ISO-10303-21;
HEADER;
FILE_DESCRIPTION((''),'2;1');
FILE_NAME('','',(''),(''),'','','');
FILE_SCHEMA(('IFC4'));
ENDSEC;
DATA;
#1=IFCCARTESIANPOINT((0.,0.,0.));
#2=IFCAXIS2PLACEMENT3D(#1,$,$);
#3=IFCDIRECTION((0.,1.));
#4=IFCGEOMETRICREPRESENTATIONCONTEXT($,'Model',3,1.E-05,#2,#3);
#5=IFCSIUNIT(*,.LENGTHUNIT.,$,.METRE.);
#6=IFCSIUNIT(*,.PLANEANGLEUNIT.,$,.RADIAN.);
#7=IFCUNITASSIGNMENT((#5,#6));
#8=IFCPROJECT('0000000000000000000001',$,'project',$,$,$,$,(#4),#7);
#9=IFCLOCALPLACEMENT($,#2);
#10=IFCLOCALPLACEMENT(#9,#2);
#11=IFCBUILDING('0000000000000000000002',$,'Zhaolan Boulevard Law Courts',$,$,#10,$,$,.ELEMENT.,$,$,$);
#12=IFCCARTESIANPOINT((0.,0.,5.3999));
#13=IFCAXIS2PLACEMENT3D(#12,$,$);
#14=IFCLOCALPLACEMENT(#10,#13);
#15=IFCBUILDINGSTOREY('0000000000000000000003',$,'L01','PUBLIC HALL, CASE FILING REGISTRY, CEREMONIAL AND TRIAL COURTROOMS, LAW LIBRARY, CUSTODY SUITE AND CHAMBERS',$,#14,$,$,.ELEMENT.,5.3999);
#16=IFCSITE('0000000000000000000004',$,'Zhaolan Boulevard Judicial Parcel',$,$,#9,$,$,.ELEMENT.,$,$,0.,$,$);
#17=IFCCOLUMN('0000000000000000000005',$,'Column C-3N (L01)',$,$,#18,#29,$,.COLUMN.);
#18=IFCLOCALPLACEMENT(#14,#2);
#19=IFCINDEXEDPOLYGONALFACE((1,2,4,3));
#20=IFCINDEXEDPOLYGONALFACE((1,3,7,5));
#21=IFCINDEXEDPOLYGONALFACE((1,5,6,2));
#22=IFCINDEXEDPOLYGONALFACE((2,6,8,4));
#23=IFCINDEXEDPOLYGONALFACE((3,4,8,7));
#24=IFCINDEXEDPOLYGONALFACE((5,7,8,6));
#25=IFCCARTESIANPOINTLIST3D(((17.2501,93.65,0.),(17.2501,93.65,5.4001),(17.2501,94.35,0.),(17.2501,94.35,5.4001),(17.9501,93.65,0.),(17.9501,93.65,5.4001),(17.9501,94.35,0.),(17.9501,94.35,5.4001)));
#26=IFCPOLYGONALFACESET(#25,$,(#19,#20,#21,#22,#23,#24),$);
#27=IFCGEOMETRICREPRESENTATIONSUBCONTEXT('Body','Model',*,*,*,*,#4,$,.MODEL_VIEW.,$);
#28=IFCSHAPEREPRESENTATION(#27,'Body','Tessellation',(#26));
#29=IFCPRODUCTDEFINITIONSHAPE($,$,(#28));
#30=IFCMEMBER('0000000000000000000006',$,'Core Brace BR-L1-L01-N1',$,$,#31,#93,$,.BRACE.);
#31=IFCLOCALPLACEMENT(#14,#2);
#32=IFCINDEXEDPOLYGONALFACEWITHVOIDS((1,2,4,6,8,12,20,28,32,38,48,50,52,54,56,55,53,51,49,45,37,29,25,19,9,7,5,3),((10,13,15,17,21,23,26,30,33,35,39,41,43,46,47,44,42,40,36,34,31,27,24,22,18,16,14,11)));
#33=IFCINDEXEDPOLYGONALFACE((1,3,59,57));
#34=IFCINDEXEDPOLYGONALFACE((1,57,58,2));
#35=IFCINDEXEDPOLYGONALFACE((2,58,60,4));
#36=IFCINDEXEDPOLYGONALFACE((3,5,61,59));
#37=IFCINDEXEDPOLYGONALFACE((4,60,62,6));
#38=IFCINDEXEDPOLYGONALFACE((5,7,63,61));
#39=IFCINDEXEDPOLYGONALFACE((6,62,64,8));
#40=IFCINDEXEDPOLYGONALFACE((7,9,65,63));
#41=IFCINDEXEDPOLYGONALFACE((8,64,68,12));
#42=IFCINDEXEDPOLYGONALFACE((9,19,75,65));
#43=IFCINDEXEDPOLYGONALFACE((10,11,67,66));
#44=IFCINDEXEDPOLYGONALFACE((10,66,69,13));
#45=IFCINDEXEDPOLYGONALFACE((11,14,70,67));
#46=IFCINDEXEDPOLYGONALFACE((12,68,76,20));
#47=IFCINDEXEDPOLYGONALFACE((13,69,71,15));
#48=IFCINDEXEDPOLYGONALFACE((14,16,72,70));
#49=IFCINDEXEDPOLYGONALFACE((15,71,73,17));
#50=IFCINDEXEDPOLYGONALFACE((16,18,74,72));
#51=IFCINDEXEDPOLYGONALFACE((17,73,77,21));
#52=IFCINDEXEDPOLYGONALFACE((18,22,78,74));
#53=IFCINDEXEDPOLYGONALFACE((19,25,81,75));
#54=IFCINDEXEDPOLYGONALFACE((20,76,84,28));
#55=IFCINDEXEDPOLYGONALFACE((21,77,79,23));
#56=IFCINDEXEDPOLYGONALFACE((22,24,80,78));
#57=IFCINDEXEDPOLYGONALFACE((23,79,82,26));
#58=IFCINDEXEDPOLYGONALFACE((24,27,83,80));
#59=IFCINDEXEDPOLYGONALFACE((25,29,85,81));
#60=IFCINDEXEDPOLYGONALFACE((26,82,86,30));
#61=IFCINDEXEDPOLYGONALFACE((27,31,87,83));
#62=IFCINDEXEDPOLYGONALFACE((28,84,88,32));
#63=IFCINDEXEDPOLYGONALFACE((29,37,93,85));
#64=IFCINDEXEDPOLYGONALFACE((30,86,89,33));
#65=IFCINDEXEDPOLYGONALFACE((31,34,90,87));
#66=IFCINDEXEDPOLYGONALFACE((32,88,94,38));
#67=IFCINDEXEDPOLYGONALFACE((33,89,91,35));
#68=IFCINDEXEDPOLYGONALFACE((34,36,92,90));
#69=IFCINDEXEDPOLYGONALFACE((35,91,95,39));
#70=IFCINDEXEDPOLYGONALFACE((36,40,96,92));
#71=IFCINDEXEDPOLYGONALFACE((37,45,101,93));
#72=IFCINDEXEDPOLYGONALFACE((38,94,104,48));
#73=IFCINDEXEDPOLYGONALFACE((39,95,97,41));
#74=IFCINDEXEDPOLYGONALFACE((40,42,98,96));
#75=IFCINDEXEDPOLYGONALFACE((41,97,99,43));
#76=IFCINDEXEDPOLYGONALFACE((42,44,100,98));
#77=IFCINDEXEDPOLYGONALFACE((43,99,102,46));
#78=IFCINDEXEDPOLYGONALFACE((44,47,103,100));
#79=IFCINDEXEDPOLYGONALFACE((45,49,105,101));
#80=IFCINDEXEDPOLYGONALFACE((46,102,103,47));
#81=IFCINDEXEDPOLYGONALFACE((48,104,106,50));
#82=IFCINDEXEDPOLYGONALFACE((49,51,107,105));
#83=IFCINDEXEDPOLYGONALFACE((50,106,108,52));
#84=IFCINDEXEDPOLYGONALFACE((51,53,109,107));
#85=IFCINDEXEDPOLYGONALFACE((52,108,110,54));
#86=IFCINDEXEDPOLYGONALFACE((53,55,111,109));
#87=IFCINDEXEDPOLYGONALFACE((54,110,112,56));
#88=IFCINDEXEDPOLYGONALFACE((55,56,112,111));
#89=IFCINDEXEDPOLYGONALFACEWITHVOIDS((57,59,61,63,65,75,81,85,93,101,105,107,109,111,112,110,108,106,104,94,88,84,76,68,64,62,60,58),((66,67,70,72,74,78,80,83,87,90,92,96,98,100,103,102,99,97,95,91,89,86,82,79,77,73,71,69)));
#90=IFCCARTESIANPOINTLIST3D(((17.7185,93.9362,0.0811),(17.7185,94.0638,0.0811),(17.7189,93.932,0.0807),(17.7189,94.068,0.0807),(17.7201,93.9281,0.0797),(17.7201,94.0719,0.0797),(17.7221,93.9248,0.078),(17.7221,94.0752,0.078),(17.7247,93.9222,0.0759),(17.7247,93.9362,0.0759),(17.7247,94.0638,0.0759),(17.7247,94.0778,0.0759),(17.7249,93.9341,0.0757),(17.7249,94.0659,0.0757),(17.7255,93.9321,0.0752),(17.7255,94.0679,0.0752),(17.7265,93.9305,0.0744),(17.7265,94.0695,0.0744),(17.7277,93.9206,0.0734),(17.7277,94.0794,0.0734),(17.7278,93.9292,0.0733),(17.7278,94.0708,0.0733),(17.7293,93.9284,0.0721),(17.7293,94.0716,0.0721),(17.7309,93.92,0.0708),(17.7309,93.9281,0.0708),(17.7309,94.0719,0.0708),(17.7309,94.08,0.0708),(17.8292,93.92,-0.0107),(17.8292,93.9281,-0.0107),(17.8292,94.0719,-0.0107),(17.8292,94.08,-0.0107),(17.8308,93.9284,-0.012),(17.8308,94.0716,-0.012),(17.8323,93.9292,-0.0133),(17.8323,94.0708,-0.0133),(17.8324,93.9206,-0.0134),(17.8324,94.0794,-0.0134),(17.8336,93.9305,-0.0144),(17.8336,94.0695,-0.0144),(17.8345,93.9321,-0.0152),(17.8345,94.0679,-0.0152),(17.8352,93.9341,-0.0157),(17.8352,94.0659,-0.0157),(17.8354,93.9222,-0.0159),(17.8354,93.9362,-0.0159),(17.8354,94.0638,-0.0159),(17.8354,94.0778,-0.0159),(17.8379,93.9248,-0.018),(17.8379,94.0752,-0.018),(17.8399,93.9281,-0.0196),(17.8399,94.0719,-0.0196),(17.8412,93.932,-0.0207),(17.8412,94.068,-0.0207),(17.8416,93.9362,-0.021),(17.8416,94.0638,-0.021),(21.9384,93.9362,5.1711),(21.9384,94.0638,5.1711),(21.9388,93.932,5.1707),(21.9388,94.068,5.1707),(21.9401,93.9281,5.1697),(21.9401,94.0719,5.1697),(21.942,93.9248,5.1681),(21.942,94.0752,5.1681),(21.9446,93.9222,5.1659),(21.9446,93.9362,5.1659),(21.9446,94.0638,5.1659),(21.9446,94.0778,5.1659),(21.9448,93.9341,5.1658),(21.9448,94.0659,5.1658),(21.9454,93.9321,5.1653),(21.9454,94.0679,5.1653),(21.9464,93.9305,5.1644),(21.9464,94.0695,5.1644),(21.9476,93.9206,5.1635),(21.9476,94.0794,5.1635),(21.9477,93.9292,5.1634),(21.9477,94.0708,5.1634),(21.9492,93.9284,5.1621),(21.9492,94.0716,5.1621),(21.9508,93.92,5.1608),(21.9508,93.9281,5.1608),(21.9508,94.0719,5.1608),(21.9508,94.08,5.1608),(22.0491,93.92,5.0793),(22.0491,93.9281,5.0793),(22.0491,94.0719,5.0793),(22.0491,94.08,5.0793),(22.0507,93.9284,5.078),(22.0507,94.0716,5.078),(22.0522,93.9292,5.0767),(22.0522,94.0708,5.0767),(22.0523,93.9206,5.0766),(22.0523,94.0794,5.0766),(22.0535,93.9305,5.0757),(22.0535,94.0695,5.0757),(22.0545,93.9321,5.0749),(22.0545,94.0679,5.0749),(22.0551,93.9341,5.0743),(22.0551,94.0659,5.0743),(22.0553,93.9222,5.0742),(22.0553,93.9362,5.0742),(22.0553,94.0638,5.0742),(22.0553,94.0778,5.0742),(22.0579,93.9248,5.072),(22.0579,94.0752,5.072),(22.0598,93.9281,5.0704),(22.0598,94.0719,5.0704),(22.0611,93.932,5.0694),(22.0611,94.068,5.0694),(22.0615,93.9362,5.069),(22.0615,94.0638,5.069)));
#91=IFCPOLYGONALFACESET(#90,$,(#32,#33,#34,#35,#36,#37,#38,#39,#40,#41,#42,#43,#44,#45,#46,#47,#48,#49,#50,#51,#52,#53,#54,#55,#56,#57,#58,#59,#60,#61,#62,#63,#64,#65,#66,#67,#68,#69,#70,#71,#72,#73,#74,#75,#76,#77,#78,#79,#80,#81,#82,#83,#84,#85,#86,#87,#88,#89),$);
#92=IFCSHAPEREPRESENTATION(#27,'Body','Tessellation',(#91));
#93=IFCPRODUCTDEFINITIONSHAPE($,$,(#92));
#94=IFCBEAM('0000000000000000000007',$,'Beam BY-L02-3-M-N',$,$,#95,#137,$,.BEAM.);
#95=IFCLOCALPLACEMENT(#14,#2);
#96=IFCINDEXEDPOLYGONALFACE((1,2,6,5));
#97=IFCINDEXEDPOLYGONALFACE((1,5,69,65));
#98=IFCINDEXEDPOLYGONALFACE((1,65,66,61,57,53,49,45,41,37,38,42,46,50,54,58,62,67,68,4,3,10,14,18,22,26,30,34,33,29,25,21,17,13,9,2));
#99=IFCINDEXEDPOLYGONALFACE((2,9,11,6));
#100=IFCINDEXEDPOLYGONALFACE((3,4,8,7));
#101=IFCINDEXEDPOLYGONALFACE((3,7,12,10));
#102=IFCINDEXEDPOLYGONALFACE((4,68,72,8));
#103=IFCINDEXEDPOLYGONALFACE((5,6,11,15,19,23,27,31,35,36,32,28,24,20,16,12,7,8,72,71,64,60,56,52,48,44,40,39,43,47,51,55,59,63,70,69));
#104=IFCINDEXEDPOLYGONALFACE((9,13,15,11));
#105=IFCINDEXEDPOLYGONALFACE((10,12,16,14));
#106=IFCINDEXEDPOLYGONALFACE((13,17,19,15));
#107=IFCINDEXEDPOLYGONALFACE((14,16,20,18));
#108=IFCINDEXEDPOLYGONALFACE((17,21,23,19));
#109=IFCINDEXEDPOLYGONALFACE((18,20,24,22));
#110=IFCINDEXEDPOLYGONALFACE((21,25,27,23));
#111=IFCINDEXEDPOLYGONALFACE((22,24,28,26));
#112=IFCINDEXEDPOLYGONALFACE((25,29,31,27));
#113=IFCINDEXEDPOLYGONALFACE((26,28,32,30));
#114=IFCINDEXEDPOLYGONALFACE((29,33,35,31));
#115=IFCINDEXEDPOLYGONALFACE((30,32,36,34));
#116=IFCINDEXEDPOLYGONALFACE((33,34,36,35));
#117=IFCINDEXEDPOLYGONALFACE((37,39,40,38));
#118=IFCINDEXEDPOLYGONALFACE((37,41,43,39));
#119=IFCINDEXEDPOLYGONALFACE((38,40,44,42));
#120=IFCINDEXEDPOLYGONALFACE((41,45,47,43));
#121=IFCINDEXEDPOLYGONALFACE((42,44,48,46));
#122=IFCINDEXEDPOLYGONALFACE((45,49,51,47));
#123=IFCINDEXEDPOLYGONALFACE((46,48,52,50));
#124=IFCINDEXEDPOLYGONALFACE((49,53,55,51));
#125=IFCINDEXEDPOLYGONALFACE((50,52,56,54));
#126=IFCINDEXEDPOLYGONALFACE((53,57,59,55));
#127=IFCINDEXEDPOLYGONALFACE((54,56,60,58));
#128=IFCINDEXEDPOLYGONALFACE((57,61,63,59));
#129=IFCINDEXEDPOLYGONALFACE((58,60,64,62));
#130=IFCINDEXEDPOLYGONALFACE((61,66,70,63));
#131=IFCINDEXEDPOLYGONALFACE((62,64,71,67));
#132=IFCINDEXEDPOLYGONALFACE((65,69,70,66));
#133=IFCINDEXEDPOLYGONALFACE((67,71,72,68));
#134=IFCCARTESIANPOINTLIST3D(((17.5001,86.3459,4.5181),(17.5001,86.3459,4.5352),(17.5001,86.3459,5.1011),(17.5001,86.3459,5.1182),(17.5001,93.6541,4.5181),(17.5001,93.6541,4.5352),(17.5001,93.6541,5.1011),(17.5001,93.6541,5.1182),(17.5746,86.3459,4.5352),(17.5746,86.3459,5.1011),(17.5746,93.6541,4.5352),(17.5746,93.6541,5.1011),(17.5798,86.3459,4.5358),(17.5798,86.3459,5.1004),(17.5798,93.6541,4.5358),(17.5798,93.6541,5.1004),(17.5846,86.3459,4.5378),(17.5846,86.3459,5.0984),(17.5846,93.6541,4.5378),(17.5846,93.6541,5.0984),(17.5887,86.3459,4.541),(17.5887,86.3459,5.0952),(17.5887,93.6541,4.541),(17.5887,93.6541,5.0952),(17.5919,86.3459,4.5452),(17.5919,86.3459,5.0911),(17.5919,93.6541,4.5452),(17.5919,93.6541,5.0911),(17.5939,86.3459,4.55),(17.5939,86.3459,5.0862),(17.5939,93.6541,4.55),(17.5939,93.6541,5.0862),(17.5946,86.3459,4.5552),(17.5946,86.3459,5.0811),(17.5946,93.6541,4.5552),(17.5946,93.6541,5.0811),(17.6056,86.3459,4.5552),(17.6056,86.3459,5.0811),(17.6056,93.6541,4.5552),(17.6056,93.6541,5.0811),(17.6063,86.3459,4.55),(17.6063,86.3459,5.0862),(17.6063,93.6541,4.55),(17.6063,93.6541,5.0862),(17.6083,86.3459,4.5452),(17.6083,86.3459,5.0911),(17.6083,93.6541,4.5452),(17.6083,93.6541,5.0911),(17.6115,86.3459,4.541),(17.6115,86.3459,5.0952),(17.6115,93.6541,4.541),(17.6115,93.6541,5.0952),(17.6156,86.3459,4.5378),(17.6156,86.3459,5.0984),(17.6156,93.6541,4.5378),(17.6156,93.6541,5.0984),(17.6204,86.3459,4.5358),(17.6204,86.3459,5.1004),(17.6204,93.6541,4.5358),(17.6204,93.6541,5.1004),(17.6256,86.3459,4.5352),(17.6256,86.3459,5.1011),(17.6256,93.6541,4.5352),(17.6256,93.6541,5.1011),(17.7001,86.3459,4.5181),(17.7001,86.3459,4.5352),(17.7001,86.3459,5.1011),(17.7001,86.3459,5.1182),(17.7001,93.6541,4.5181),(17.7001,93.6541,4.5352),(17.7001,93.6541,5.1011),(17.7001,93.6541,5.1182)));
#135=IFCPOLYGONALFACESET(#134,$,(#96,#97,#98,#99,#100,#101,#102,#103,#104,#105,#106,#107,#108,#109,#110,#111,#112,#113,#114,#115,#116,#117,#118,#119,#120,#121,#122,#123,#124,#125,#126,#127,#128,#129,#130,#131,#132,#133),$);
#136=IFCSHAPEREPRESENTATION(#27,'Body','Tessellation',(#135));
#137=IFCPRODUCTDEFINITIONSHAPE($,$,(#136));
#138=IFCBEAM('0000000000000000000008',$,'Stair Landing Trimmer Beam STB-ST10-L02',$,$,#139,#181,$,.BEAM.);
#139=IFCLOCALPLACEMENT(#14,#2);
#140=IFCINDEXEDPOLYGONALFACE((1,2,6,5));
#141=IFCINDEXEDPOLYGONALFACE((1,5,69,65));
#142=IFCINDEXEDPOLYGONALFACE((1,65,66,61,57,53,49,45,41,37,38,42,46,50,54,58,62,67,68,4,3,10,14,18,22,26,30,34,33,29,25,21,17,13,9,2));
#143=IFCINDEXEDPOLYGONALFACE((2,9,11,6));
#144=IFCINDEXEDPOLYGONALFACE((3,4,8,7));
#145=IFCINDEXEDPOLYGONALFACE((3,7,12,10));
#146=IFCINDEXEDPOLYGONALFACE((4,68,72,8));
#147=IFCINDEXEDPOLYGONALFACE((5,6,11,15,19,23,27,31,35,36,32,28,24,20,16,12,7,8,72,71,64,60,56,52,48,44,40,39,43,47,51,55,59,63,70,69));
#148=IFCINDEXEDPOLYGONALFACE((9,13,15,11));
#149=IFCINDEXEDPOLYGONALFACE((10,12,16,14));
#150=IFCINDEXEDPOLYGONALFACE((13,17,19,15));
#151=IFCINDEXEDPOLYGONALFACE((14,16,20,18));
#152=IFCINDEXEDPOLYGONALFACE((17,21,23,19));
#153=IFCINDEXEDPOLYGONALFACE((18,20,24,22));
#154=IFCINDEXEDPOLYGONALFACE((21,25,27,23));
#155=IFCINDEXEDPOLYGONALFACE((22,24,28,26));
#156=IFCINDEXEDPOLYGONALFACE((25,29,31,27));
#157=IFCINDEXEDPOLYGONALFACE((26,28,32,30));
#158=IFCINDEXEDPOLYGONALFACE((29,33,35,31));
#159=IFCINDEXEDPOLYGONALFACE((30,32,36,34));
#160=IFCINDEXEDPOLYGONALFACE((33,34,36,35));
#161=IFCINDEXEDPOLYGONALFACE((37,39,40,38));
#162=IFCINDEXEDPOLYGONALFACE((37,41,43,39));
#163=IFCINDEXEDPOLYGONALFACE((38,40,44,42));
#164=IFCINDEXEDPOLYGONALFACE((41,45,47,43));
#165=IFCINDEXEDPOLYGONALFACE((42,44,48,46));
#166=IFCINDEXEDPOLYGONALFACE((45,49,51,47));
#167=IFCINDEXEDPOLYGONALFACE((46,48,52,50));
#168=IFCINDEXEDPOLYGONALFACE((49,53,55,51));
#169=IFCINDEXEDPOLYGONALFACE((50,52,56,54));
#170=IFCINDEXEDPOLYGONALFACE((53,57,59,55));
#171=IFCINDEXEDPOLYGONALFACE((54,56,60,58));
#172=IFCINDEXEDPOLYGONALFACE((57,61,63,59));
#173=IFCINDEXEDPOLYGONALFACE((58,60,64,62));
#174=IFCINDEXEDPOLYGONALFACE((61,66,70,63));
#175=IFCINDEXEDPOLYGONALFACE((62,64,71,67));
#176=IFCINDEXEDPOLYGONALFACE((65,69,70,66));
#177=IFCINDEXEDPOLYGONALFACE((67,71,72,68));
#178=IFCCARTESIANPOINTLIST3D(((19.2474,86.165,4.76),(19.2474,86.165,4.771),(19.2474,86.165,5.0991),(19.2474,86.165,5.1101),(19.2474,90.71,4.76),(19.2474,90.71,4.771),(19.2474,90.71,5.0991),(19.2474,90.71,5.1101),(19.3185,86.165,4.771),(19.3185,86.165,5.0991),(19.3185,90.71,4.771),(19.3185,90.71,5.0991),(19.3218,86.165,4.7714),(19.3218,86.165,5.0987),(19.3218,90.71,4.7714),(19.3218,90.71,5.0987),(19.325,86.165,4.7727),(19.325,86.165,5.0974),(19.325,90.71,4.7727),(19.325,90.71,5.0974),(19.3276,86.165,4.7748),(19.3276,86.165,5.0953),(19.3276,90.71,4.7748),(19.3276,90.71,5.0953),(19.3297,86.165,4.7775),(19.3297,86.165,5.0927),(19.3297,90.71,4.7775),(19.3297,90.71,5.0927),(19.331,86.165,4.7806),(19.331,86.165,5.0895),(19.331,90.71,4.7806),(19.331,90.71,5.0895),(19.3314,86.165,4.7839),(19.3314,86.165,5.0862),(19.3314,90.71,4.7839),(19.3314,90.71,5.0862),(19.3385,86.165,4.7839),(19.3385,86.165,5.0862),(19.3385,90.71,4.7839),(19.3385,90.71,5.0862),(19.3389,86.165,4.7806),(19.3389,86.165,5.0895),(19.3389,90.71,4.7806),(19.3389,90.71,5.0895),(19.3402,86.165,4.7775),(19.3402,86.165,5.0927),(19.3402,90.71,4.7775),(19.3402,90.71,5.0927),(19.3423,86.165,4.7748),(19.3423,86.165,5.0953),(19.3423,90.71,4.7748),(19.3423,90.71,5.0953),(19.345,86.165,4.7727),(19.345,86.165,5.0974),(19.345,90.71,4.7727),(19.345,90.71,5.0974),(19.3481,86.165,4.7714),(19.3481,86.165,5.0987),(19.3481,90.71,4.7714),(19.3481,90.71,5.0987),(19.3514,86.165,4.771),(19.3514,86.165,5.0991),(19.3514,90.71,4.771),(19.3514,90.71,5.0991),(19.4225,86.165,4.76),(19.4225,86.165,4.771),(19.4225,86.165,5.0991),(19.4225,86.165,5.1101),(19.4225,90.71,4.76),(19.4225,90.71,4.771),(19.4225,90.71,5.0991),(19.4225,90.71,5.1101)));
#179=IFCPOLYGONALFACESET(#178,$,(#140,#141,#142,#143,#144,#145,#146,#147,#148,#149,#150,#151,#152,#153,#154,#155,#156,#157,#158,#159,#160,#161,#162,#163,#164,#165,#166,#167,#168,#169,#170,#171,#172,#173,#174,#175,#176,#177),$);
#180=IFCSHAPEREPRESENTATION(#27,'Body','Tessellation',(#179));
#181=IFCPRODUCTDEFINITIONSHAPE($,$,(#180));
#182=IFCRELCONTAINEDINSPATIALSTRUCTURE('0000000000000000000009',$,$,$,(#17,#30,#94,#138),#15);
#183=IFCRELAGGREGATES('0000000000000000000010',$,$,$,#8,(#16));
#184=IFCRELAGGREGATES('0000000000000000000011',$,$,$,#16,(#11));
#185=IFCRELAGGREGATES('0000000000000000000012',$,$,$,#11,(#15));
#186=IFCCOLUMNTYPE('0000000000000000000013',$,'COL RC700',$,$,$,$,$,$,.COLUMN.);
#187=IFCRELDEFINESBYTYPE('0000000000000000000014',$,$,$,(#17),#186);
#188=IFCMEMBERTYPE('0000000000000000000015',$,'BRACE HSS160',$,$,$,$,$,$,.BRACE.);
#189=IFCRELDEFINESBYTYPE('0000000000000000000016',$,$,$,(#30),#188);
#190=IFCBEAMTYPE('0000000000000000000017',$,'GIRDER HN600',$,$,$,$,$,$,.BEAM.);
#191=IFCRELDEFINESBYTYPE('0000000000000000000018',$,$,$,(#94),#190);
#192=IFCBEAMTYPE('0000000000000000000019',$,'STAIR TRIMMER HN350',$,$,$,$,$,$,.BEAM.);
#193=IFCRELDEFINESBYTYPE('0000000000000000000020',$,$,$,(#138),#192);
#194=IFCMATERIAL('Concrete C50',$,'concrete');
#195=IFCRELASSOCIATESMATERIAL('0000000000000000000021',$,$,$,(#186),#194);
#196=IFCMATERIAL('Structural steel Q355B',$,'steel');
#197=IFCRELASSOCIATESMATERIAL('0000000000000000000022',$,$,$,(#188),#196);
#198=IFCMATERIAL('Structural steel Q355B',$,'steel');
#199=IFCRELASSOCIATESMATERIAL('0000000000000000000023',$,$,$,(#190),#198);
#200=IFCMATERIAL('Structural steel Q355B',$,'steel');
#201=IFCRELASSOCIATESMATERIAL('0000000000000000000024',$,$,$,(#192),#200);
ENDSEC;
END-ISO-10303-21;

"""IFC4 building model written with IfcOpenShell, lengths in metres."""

from ifc_helpers import new_model, si_unit, direction, frame, origin, origin_2d, place, context, subcontext, project, spatial, rectangle, hollow_rectangle, i_section, extrude, material, material_profile, profile_set, type_object, element, save


model = new_model("IFC4")

# Units and contexts
model_context = context("Model", 3, precision=1e-05, world=origin(), true_north=direction((0.0, 1.0)))
body_context = subcontext(model_context, "Body", "Model", "MODEL_VIEW")
ifc_project = project(units=[si_unit("LENGTHUNIT", "METRE"), si_unit("PLANEANGLEUNIT", "RADIAN")], contexts=[model_context])

# Site, building, storey
site_placement = place(None, origin())
site = spatial("IfcSite", under=ifc_project, at=site_placement, Name="Zhaolan Boulevard Judicial Parcel", CompositionType="ELEMENT", RefElevation=0.0)
building_placement = place(site_placement, origin())
building = spatial("IfcBuilding", under=site, at=building_placement, Name="Zhaolan Boulevard Law Courts", CompositionType="ELEMENT")
storey_placement = place(building_placement, frame((0.0, 0.0, 5.3999)))
storey = spatial("IfcBuildingStorey", under=building, at=storey_placement, Name="L01", Description="PUBLIC HALL, CASE FILING REGISTRY, CEREMONIAL AND TRIAL COURTROOMS, LAW LIBRARY, CUSTODY SUITE AND CHAMBERS", CompositionType="ELEMENT", Elevation=5.3999)

# Column
ifc_material_1 = material(Name="Concrete C50", Category="concrete")
ifc_material_profile_1 = material_profile(ifc_material_1, rectangle(XDim=0.7, YDim=0.7, at=origin_2d()), Name="RC700x700")
ifc_profile_set_1 = profile_set([ifc_material_profile_1], Name="Concrete C50")
column_type = type_object("IfcColumnType", Name="COL RC700", PredefinedType="COLUMN", material=ifc_profile_set_1)
column_placement = place(storey_placement, frame((17.6001, 94.0, 0.0), z_axis=(0.0, 0.0, 1.0), x_axis=(1.0, 0.0, 0.0)))
element("IfcColumn", 1, at=column_placement, inside=storey, type_object=column_type, Name="Column C-3N (L01)", PredefinedType="COLUMN", context=body_context, shape_type="SweptSolid", body=[
    extrude(rectangle(XDim=0.7, YDim=0.7, at=origin_2d()), origin(), (0.0, 0.0, 1.0), 5.4001),
])

# Member
ifc_material_2 = material(Name="Structural steel Q355B", Category="steel")
ifc_material_profile_2 = material_profile(ifc_material_2, hollow_rectangle(XDim=0.1599, YDim=0.1599, WallThickness=0.0081, InnerFilletRadius=0.0081, OuterFilletRadius=0.0161, at=origin_2d()), Name="HSS160x160x8")
ifc_profile_set_2 = profile_set([ifc_material_profile_2], Name="Structural steel Q355B")
member_type = type_object("IfcMemberType", Name="BRACE HSS160", PredefinedType="BRACE", material=ifc_profile_set_2)
member_placement = place(storey_placement, frame((17.78, 94.0, 0.03), z_axis=(0.638239, 0.0, 0.769838), x_axis=(0.0, 1.0, 0.0)))
element("IfcMember", 2, at=member_placement, inside=storey, type_object=member_type, Name="Core Brace BR-L1-L01-N1", PredefinedType="BRACE", context=body_context, shape_type="SweptSolid", body=[
    extrude(hollow_rectangle(XDim=0.1599, YDim=0.1599, WallThickness=0.0081, InnerFilletRadius=0.0081, OuterFilletRadius=0.0161, at=origin_2d()), origin(), (0.0, 0.0, 1.0), 6.6118),
])

# Beams
ifc_material_3 = material(Name="Structural steel Q355B", Category="steel")
ifc_material_profile_3 = material_profile(ifc_material_3, i_section(OverallWidth=0.2, OverallDepth=0.6001, WebThickness=0.011, FlangeThickness=0.0171, FilletRadius=0.02, at=origin_2d()), Name="HN600x200")
ifc_profile_set_3 = profile_set([ifc_material_profile_3], Name="Structural steel Q355B")
beam_type_1 = type_object("IfcBeamType", Name="GIRDER HN600", PredefinedType="BEAM", material=ifc_profile_set_3)
beam_1_placement = place(storey_placement, frame((17.6001, 86.3459, 4.8181), z_axis=(0.0, 1.0, 0.0), x_axis=(-1.0, 0.0, 0.0)))
element("IfcBeam", 3, at=beam_1_placement, inside=storey, type_object=beam_type_1, Name="Beam BY-L02-3-M-N", PredefinedType="BEAM", context=body_context, shape_type="SweptSolid", body=[
    extrude(i_section(OverallWidth=0.2, OverallDepth=0.6001, WebThickness=0.011, FlangeThickness=0.0171, FilletRadius=0.02, at=origin_2d()), origin(), (0.0, 0.0, 1.0), 7.3081),
])
ifc_material_4 = material(Name="Structural steel Q355B", Category="steel")
ifc_material_profile_4 = material_profile(ifc_material_4, i_section(OverallWidth=0.175, OverallDepth=0.3501, WebThickness=0.0071, FlangeThickness=0.011, FilletRadius=0.0129, at=origin_2d()), Name="HN350x175")
ifc_profile_set_4 = profile_set([ifc_material_profile_4], Name="Structural steel Q355B")
beam_type_2 = type_object("IfcBeamType", Name="STAIR TRIMMER HN350", PredefinedType="BEAM", material=ifc_profile_set_4)
beam_2_placement = place(storey_placement, frame((19.335, 86.165, 4.9351), z_axis=(0.0, 1.0, 0.0), x_axis=(-1.0, 0.0, 0.0)))
element("IfcBeam", 4, at=beam_2_placement, inside=storey, type_object=beam_type_2, Name="Stair Landing Trimmer Beam STB-ST10-L02", PredefinedType="BEAM", context=body_context, shape_type="SweptSolid", body=[
    extrude(i_section(OverallWidth=0.175, OverallDepth=0.3501, WebThickness=0.0071, FlangeThickness=0.011, FilletRadius=0.0129, at=origin_2d()), origin(), (0.0, 0.0, 1.0), 4.5449),
])

save(model, "model.ifc")
